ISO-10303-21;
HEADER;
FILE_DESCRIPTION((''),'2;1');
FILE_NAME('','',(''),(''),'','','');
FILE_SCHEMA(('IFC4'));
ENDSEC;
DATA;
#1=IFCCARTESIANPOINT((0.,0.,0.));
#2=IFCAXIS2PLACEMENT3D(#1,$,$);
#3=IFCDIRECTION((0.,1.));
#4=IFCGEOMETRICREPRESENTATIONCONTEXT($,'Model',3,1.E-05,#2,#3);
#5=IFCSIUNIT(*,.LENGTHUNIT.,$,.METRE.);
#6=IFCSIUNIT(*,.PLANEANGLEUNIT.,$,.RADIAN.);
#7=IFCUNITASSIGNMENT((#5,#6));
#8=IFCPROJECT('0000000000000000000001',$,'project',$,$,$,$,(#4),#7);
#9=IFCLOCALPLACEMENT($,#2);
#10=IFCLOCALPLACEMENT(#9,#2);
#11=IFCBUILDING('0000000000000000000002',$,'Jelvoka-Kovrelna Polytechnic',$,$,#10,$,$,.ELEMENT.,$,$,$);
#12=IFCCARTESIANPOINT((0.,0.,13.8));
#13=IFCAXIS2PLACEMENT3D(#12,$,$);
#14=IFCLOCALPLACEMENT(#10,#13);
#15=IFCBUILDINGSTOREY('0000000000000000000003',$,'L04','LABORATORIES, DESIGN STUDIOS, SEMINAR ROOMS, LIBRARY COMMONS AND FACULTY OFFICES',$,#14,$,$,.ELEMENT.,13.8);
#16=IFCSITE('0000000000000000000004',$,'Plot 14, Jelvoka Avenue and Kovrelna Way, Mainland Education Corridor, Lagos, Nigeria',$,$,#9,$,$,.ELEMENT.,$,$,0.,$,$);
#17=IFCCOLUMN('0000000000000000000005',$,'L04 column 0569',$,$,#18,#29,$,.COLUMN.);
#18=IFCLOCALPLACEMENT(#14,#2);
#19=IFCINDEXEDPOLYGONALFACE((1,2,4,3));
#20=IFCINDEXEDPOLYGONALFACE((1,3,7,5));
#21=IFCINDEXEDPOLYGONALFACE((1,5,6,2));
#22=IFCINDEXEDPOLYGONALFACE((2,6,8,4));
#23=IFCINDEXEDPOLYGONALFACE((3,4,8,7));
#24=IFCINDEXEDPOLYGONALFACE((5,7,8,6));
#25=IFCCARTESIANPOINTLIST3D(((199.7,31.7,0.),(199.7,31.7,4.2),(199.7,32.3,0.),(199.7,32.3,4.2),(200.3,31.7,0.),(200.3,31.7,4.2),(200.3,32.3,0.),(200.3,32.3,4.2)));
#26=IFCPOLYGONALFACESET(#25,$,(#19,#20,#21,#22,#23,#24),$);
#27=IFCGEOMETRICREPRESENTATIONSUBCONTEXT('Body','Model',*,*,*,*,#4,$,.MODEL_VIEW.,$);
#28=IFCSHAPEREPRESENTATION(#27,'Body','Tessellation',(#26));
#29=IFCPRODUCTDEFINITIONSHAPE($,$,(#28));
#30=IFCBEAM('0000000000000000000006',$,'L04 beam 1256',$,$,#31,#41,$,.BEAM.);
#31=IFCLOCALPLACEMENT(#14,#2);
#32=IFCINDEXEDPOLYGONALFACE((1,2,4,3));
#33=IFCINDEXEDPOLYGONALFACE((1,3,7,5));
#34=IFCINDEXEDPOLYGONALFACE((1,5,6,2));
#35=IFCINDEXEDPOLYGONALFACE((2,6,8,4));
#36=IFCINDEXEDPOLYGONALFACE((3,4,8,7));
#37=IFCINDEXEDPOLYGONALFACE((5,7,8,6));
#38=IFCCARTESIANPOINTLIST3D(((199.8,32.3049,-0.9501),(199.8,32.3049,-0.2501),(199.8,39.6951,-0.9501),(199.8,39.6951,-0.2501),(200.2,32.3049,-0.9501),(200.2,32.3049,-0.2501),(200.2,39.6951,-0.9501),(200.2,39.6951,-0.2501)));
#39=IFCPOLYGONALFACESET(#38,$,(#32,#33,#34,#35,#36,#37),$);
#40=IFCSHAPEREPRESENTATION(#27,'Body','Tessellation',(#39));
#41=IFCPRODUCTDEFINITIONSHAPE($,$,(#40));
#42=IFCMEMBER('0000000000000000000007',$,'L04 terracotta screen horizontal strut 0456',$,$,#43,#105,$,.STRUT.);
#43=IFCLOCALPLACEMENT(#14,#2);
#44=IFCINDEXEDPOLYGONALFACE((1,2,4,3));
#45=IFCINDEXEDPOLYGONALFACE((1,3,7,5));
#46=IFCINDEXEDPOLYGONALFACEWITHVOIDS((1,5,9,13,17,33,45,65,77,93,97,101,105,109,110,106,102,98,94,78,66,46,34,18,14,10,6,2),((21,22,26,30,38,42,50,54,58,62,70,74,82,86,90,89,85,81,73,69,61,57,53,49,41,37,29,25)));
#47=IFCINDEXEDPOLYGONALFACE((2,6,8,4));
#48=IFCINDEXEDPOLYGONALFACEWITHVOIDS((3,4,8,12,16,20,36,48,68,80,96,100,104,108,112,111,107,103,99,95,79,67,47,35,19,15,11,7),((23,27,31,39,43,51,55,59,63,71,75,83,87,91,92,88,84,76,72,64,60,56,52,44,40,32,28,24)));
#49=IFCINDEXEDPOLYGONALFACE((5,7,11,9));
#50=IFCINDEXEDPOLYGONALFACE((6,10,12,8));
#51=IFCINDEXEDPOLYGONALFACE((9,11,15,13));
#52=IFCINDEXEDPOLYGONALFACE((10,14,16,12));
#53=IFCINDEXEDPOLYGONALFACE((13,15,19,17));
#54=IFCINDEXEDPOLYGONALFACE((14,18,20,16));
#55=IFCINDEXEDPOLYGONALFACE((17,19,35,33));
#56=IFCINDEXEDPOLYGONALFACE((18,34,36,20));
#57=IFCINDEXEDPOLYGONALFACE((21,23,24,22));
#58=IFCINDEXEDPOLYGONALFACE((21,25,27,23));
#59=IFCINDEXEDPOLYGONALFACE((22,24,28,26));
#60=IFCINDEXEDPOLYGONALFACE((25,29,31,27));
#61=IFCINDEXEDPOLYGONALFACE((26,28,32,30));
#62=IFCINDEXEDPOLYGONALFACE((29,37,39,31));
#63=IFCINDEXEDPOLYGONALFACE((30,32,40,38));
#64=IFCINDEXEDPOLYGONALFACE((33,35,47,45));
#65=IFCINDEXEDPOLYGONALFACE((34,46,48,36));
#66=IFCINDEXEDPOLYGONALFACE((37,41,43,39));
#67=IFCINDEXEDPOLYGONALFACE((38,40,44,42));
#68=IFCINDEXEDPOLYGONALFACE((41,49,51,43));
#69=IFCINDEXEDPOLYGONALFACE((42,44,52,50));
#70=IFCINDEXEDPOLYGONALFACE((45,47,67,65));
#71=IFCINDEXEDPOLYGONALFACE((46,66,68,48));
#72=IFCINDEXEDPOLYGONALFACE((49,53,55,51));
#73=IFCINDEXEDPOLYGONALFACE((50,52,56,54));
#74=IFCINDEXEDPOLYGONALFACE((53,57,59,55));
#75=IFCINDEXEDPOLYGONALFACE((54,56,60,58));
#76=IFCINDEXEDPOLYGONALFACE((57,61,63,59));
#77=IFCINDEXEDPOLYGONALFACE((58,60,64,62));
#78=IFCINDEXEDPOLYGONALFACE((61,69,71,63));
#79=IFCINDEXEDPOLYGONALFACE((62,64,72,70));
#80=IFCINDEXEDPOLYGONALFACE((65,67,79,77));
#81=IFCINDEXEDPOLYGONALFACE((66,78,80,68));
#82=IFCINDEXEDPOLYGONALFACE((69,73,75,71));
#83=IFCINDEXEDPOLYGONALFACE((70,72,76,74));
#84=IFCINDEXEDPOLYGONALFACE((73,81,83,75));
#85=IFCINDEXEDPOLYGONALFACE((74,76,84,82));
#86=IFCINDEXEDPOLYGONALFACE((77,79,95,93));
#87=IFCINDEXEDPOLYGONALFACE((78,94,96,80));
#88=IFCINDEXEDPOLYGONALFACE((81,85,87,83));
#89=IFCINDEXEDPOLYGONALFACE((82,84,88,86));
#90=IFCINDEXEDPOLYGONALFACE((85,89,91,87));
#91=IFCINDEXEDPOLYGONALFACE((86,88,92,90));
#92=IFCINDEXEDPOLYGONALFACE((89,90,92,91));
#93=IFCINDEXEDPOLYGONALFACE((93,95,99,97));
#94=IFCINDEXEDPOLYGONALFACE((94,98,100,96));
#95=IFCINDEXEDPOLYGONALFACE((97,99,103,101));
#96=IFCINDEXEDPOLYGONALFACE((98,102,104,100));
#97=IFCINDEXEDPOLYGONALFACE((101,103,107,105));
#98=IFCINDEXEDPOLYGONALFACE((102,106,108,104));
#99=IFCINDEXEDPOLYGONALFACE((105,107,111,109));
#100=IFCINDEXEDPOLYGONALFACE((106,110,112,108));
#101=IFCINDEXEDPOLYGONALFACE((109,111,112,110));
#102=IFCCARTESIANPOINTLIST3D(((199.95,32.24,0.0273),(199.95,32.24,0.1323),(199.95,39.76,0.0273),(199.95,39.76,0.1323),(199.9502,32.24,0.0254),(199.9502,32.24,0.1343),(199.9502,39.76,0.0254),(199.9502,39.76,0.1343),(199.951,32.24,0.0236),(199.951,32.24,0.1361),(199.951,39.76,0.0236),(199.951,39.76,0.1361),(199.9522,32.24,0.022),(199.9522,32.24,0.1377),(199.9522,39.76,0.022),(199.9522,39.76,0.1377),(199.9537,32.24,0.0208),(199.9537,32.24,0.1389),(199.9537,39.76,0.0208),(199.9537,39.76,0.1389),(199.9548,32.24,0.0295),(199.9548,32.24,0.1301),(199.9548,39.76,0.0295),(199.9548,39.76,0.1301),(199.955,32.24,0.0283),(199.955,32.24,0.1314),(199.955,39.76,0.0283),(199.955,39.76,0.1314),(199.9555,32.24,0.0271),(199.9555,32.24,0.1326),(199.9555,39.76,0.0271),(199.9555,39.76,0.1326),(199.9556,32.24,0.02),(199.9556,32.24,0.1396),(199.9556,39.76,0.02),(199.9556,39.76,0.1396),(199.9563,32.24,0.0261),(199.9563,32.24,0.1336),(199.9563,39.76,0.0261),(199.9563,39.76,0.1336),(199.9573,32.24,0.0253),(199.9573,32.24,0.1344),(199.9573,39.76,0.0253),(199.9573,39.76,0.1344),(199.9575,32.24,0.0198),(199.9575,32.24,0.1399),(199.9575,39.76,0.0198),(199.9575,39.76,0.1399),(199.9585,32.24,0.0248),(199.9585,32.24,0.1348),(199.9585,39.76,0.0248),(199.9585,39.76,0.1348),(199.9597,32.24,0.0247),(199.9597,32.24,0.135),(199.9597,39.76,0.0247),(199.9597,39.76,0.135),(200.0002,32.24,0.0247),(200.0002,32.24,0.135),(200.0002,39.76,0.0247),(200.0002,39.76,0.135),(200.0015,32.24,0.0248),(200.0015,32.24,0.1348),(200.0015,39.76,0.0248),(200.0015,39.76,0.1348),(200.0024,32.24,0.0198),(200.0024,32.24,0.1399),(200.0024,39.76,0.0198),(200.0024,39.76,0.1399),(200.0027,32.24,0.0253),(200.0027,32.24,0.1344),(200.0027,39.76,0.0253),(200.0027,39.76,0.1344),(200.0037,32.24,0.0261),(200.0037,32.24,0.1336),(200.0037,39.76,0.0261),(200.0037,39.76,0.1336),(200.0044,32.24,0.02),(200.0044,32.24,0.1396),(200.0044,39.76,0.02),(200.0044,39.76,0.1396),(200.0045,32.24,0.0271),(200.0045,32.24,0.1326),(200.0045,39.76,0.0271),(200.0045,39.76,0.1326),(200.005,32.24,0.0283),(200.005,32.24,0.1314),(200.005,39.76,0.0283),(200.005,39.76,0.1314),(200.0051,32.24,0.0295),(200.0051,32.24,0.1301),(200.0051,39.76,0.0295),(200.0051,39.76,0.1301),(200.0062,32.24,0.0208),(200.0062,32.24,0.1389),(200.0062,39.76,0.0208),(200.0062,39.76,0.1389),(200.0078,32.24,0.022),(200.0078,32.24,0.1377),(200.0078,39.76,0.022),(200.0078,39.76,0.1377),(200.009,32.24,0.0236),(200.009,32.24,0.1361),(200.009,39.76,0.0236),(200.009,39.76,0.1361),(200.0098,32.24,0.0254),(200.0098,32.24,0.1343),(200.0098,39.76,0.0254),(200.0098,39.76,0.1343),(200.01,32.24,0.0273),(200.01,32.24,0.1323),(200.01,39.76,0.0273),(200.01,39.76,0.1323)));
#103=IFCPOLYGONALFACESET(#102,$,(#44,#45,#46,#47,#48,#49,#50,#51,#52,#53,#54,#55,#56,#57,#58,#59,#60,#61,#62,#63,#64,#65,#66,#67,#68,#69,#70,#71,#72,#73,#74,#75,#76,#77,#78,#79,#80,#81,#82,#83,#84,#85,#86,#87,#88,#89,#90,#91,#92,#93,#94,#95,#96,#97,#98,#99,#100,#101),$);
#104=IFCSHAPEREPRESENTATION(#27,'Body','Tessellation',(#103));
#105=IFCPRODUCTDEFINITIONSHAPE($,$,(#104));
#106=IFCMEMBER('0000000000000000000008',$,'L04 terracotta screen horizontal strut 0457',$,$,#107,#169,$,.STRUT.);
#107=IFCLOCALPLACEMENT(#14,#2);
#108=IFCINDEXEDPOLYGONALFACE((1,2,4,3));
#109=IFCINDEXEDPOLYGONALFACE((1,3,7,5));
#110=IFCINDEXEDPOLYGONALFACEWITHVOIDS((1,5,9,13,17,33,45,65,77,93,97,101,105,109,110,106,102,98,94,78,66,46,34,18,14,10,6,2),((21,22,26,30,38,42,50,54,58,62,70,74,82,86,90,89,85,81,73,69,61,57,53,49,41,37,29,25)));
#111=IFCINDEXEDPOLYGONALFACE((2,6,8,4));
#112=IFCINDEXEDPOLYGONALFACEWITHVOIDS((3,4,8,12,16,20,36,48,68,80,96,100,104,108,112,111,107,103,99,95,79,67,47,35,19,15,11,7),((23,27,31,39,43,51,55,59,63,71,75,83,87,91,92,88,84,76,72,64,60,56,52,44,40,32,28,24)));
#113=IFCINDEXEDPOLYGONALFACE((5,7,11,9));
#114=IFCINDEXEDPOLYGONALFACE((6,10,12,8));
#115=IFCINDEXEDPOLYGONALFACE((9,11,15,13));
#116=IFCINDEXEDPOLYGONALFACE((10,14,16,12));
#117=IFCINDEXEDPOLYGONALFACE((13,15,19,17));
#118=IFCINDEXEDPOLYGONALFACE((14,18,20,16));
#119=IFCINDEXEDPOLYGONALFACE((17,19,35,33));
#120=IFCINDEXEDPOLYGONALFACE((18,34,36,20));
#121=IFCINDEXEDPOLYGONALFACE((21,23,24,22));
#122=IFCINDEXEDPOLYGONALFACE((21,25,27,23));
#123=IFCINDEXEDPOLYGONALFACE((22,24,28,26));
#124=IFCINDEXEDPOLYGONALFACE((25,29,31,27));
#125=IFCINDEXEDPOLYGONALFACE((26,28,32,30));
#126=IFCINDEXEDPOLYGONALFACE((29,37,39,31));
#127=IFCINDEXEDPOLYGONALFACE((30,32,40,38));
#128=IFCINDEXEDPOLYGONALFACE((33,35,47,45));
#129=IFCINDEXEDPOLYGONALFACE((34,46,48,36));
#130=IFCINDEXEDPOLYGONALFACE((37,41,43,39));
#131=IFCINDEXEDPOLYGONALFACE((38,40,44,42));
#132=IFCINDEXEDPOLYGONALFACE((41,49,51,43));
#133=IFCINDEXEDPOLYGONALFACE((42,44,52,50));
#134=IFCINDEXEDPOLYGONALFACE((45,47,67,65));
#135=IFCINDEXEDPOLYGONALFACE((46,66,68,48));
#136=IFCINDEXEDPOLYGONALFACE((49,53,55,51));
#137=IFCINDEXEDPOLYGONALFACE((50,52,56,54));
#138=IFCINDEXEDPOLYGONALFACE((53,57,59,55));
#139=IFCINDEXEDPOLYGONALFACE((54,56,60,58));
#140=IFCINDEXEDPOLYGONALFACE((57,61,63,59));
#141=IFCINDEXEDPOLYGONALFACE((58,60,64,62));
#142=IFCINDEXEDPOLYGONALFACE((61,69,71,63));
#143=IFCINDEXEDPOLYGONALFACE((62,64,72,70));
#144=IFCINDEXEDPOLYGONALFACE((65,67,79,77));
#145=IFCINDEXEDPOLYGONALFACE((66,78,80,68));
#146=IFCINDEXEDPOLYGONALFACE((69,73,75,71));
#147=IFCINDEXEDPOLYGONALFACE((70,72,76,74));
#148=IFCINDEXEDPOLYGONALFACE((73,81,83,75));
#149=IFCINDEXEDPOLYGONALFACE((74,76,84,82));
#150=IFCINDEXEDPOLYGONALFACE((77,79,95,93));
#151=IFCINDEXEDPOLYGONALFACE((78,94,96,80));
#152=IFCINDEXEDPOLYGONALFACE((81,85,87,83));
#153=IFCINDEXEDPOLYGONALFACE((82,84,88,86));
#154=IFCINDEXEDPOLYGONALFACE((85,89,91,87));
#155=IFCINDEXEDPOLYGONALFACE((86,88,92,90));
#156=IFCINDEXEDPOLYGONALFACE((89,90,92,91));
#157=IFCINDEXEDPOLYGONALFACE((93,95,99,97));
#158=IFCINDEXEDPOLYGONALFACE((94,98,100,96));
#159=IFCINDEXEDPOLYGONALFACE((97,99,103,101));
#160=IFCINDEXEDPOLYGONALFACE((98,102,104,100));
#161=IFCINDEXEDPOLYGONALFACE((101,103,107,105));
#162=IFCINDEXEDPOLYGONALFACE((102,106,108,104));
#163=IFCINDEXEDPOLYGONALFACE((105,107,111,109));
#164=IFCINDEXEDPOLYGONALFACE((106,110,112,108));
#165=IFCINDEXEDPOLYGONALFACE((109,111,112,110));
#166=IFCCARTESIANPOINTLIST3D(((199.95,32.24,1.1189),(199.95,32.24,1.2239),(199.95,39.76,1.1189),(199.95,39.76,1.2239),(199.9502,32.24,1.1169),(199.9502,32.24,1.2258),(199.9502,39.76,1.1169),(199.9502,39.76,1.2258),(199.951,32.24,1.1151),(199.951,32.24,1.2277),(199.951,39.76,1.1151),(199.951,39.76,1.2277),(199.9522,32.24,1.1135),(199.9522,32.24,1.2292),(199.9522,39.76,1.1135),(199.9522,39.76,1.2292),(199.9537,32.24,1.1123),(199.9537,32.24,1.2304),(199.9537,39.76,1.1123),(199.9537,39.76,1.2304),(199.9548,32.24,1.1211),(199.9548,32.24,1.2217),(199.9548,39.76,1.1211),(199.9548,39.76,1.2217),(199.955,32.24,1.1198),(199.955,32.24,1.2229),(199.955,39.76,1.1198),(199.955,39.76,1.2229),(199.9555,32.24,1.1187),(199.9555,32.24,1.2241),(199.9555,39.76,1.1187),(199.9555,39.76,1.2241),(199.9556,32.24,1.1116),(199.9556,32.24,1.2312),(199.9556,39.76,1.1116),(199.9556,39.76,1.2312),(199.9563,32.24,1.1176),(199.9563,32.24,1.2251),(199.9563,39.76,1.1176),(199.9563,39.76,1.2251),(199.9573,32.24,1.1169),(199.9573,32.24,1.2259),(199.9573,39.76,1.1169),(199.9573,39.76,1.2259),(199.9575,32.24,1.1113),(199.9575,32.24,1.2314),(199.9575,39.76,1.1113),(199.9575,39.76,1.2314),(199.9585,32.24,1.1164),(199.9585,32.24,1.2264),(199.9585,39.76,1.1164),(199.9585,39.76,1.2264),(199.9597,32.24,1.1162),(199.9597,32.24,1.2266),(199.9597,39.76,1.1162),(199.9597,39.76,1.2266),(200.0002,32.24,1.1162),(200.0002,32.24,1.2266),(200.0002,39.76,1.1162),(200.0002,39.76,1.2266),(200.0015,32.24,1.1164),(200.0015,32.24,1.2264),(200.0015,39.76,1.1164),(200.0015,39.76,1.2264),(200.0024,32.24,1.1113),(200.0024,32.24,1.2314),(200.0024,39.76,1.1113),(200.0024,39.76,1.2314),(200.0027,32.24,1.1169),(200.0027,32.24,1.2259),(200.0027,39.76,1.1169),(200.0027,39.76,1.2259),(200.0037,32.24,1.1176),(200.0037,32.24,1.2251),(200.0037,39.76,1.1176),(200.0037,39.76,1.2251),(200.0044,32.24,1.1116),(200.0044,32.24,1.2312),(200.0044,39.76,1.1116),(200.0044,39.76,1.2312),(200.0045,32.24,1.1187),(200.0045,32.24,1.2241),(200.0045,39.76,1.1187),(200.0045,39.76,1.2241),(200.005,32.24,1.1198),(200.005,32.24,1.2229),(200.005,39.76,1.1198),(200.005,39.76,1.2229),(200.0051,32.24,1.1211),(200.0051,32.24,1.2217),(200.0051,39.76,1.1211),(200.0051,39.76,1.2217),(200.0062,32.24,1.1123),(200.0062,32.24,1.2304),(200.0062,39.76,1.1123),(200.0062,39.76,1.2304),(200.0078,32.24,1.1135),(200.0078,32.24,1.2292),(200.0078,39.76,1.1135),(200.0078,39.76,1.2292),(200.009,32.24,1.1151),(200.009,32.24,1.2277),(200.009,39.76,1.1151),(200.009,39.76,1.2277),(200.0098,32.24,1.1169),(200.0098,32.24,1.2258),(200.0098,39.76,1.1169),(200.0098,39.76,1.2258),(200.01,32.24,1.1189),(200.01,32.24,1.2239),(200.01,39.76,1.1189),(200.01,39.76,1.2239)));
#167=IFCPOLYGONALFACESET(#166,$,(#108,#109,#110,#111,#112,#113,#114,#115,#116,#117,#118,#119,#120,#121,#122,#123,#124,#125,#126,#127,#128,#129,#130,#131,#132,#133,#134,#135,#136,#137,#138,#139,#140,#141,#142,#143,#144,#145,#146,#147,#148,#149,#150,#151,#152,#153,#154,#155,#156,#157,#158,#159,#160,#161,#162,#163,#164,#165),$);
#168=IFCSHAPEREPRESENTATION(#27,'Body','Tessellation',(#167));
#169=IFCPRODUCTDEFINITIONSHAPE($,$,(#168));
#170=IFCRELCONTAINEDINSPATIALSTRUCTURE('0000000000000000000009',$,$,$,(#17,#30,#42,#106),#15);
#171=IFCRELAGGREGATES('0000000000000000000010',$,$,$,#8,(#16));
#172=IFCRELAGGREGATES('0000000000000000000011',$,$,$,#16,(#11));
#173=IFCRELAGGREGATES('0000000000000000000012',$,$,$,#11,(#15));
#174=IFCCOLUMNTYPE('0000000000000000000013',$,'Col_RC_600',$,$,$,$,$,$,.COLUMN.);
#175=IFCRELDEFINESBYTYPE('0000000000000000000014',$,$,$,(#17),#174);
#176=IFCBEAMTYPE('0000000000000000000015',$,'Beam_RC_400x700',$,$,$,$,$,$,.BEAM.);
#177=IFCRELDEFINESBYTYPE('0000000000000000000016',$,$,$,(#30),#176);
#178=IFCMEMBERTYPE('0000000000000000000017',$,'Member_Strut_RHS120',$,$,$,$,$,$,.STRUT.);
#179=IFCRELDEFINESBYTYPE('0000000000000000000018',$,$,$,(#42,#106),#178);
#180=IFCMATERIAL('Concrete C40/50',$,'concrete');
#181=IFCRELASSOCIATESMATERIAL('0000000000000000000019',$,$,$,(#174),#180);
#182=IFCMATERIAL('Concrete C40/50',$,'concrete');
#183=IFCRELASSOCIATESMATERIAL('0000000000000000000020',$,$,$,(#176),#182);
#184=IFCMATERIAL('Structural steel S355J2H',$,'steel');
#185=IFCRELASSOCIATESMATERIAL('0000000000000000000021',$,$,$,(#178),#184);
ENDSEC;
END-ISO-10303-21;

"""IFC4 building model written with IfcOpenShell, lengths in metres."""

from ifc_helpers import new_model, si_unit, direction, frame, origin, origin_2d, place, context, subcontext, project, spatial, rectangle, hollow_rectangle, extrude, material, material_profile, profile_set, type_object, element, save


model = new_model("IFC4")

# Units and contexts
model_context = context("Model", 3, precision=1e-05, world=origin(), true_north=direction((0.0, 1.0)))
body_context = subcontext(model_context, "Body", "Model", "MODEL_VIEW")
ifc_project = project(units=[si_unit("LENGTHUNIT", "METRE"), si_unit("PLANEANGLEUNIT", "RADIAN")], contexts=[model_context])

# Site, building, storey
site_placement = place(None, origin())
site = spatial("IfcSite", under=ifc_project, at=site_placement, Name="Plot 14, Jelvoka Avenue and Kovrelna Way, Mainland Education Corridor, Lagos, Nigeria", CompositionType="ELEMENT", RefElevation=0.0)
building_placement = place(site_placement, origin())
building = spatial("IfcBuilding", under=site, at=building_placement, Name="Jelvoka-Kovrelna Polytechnic", CompositionType="ELEMENT")
storey_placement = place(building_placement, frame((0.0, 0.0, 13.8)))
storey = spatial("IfcBuildingStorey", under=building, at=storey_placement, Name="L04", Description="LABORATORIES, DESIGN STUDIOS, SEMINAR ROOMS, LIBRARY COMMONS AND FACULTY OFFICES", CompositionType="ELEMENT", Elevation=13.8)

# Column
ifc_material_1 = material(Name="Concrete C40/50", Category="concrete")
ifc_material_profile_1 = material_profile(ifc_material_1, rectangle(XDim=0.6001, YDim=0.6001, at=origin_2d()), Name="RC 600x600")
ifc_profile_set_1 = profile_set([ifc_material_profile_1], Name="Concrete C40/50")
column_type = type_object("IfcColumnType", Name="Col_RC_600", PredefinedType="COLUMN", material=ifc_profile_set_1)
column_placement = place(storey_placement, frame((200.0, 32.0, 0.0), z_axis=(0.0, 0.0, 1.0), x_axis=(1.0, 0.0, 0.0)))
element("IfcColumn", 1, at=column_placement, inside=storey, type_object=column_type, Name="L04 column 0569", PredefinedType="COLUMN", context=body_context, shape_type="SweptSolid", body=[
    extrude(rectangle(XDim=0.6001, YDim=0.6001, at=origin_2d()), origin(), (0.0, 0.0, 1.0), 4.2),
])

# Beam
ifc_material_2 = material(Name="Concrete C40/50", Category="concrete")
ifc_material_profile_2 = material_profile(ifc_material_2, rectangle(XDim=0.3999, YDim=0.7, at=origin_2d()), Name="RC 400x700")
ifc_profile_set_2 = profile_set([ifc_material_profile_2], Name="Concrete C40/50")
beam_type_1 = type_object("IfcBeamType", Name="Beam_RC_400x700", PredefinedType="BEAM", material=ifc_profile_set_2)
beam_1_placement = place(storey_placement, frame((200.0, 32.3049, -0.6001), z_axis=(0.0, 1.0, 0.0), x_axis=(-1.0, 0.0, 0.0)))
element("IfcBeam", 2, at=beam_1_placement, inside=storey, type_object=beam_type_1, Name="L04 beam 1256", PredefinedType="BEAM", context=body_context, shape_type="SweptSolid", body=[
    extrude(rectangle(XDim=0.3999, YDim=0.7, at=origin_2d()), origin(), (0.0, 0.0, 1.0), 7.3901),
])

# Members
ifc_material_3 = material(Name="Structural steel S355J2H", Category="steel")
ifc_material_profile_3 = material_profile(ifc_material_3, hollow_rectangle(XDim=0.0601, YDim=0.1201, WallThickness=0.0049, InnerFilletRadius=0.0049, OuterFilletRadius=0.0076, at=origin_2d()), Name="120x60x5.0 RHS")
ifc_profile_set_3 = profile_set([ifc_material_profile_3], Name="Structural steel S355J2H")
member_type_1 = type_object("IfcMemberType", Name="Member_Strut_RHS120", PredefinedType="STRUT", material=ifc_profile_set_3)
for number, where, z_axis, x_axis, name in (
    (3, (199.98, 32.24, 0.0798), (0.0, 1.0, 0.0), (-1.0, 0.0, 0.0), "L04 terracotta screen horizontal strut 0456"),
    (4, (199.98, 32.24, 1.1714), (0.0, 1.0, 0.0), (-1.0, 0.0, 0.0), "L04 terracotta screen horizontal strut 0457"),
):
    element("IfcMember", number, at=place(storey_placement, frame(where, z_axis=z_axis, x_axis=x_axis)), inside=storey, type_object=member_type_1, Name=name, PredefinedType="STRUT", context=body_context, shape_type="SweptSolid", body=[
        extrude(hollow_rectangle(XDim=0.0601, YDim=0.1201, WallThickness=0.0049, InnerFilletRadius=0.0049, OuterFilletRadius=0.0076, at=origin_2d()), origin(), (0.0, 0.0, 1.0), 7.52),
    ])

save(model, "model.ifc")
